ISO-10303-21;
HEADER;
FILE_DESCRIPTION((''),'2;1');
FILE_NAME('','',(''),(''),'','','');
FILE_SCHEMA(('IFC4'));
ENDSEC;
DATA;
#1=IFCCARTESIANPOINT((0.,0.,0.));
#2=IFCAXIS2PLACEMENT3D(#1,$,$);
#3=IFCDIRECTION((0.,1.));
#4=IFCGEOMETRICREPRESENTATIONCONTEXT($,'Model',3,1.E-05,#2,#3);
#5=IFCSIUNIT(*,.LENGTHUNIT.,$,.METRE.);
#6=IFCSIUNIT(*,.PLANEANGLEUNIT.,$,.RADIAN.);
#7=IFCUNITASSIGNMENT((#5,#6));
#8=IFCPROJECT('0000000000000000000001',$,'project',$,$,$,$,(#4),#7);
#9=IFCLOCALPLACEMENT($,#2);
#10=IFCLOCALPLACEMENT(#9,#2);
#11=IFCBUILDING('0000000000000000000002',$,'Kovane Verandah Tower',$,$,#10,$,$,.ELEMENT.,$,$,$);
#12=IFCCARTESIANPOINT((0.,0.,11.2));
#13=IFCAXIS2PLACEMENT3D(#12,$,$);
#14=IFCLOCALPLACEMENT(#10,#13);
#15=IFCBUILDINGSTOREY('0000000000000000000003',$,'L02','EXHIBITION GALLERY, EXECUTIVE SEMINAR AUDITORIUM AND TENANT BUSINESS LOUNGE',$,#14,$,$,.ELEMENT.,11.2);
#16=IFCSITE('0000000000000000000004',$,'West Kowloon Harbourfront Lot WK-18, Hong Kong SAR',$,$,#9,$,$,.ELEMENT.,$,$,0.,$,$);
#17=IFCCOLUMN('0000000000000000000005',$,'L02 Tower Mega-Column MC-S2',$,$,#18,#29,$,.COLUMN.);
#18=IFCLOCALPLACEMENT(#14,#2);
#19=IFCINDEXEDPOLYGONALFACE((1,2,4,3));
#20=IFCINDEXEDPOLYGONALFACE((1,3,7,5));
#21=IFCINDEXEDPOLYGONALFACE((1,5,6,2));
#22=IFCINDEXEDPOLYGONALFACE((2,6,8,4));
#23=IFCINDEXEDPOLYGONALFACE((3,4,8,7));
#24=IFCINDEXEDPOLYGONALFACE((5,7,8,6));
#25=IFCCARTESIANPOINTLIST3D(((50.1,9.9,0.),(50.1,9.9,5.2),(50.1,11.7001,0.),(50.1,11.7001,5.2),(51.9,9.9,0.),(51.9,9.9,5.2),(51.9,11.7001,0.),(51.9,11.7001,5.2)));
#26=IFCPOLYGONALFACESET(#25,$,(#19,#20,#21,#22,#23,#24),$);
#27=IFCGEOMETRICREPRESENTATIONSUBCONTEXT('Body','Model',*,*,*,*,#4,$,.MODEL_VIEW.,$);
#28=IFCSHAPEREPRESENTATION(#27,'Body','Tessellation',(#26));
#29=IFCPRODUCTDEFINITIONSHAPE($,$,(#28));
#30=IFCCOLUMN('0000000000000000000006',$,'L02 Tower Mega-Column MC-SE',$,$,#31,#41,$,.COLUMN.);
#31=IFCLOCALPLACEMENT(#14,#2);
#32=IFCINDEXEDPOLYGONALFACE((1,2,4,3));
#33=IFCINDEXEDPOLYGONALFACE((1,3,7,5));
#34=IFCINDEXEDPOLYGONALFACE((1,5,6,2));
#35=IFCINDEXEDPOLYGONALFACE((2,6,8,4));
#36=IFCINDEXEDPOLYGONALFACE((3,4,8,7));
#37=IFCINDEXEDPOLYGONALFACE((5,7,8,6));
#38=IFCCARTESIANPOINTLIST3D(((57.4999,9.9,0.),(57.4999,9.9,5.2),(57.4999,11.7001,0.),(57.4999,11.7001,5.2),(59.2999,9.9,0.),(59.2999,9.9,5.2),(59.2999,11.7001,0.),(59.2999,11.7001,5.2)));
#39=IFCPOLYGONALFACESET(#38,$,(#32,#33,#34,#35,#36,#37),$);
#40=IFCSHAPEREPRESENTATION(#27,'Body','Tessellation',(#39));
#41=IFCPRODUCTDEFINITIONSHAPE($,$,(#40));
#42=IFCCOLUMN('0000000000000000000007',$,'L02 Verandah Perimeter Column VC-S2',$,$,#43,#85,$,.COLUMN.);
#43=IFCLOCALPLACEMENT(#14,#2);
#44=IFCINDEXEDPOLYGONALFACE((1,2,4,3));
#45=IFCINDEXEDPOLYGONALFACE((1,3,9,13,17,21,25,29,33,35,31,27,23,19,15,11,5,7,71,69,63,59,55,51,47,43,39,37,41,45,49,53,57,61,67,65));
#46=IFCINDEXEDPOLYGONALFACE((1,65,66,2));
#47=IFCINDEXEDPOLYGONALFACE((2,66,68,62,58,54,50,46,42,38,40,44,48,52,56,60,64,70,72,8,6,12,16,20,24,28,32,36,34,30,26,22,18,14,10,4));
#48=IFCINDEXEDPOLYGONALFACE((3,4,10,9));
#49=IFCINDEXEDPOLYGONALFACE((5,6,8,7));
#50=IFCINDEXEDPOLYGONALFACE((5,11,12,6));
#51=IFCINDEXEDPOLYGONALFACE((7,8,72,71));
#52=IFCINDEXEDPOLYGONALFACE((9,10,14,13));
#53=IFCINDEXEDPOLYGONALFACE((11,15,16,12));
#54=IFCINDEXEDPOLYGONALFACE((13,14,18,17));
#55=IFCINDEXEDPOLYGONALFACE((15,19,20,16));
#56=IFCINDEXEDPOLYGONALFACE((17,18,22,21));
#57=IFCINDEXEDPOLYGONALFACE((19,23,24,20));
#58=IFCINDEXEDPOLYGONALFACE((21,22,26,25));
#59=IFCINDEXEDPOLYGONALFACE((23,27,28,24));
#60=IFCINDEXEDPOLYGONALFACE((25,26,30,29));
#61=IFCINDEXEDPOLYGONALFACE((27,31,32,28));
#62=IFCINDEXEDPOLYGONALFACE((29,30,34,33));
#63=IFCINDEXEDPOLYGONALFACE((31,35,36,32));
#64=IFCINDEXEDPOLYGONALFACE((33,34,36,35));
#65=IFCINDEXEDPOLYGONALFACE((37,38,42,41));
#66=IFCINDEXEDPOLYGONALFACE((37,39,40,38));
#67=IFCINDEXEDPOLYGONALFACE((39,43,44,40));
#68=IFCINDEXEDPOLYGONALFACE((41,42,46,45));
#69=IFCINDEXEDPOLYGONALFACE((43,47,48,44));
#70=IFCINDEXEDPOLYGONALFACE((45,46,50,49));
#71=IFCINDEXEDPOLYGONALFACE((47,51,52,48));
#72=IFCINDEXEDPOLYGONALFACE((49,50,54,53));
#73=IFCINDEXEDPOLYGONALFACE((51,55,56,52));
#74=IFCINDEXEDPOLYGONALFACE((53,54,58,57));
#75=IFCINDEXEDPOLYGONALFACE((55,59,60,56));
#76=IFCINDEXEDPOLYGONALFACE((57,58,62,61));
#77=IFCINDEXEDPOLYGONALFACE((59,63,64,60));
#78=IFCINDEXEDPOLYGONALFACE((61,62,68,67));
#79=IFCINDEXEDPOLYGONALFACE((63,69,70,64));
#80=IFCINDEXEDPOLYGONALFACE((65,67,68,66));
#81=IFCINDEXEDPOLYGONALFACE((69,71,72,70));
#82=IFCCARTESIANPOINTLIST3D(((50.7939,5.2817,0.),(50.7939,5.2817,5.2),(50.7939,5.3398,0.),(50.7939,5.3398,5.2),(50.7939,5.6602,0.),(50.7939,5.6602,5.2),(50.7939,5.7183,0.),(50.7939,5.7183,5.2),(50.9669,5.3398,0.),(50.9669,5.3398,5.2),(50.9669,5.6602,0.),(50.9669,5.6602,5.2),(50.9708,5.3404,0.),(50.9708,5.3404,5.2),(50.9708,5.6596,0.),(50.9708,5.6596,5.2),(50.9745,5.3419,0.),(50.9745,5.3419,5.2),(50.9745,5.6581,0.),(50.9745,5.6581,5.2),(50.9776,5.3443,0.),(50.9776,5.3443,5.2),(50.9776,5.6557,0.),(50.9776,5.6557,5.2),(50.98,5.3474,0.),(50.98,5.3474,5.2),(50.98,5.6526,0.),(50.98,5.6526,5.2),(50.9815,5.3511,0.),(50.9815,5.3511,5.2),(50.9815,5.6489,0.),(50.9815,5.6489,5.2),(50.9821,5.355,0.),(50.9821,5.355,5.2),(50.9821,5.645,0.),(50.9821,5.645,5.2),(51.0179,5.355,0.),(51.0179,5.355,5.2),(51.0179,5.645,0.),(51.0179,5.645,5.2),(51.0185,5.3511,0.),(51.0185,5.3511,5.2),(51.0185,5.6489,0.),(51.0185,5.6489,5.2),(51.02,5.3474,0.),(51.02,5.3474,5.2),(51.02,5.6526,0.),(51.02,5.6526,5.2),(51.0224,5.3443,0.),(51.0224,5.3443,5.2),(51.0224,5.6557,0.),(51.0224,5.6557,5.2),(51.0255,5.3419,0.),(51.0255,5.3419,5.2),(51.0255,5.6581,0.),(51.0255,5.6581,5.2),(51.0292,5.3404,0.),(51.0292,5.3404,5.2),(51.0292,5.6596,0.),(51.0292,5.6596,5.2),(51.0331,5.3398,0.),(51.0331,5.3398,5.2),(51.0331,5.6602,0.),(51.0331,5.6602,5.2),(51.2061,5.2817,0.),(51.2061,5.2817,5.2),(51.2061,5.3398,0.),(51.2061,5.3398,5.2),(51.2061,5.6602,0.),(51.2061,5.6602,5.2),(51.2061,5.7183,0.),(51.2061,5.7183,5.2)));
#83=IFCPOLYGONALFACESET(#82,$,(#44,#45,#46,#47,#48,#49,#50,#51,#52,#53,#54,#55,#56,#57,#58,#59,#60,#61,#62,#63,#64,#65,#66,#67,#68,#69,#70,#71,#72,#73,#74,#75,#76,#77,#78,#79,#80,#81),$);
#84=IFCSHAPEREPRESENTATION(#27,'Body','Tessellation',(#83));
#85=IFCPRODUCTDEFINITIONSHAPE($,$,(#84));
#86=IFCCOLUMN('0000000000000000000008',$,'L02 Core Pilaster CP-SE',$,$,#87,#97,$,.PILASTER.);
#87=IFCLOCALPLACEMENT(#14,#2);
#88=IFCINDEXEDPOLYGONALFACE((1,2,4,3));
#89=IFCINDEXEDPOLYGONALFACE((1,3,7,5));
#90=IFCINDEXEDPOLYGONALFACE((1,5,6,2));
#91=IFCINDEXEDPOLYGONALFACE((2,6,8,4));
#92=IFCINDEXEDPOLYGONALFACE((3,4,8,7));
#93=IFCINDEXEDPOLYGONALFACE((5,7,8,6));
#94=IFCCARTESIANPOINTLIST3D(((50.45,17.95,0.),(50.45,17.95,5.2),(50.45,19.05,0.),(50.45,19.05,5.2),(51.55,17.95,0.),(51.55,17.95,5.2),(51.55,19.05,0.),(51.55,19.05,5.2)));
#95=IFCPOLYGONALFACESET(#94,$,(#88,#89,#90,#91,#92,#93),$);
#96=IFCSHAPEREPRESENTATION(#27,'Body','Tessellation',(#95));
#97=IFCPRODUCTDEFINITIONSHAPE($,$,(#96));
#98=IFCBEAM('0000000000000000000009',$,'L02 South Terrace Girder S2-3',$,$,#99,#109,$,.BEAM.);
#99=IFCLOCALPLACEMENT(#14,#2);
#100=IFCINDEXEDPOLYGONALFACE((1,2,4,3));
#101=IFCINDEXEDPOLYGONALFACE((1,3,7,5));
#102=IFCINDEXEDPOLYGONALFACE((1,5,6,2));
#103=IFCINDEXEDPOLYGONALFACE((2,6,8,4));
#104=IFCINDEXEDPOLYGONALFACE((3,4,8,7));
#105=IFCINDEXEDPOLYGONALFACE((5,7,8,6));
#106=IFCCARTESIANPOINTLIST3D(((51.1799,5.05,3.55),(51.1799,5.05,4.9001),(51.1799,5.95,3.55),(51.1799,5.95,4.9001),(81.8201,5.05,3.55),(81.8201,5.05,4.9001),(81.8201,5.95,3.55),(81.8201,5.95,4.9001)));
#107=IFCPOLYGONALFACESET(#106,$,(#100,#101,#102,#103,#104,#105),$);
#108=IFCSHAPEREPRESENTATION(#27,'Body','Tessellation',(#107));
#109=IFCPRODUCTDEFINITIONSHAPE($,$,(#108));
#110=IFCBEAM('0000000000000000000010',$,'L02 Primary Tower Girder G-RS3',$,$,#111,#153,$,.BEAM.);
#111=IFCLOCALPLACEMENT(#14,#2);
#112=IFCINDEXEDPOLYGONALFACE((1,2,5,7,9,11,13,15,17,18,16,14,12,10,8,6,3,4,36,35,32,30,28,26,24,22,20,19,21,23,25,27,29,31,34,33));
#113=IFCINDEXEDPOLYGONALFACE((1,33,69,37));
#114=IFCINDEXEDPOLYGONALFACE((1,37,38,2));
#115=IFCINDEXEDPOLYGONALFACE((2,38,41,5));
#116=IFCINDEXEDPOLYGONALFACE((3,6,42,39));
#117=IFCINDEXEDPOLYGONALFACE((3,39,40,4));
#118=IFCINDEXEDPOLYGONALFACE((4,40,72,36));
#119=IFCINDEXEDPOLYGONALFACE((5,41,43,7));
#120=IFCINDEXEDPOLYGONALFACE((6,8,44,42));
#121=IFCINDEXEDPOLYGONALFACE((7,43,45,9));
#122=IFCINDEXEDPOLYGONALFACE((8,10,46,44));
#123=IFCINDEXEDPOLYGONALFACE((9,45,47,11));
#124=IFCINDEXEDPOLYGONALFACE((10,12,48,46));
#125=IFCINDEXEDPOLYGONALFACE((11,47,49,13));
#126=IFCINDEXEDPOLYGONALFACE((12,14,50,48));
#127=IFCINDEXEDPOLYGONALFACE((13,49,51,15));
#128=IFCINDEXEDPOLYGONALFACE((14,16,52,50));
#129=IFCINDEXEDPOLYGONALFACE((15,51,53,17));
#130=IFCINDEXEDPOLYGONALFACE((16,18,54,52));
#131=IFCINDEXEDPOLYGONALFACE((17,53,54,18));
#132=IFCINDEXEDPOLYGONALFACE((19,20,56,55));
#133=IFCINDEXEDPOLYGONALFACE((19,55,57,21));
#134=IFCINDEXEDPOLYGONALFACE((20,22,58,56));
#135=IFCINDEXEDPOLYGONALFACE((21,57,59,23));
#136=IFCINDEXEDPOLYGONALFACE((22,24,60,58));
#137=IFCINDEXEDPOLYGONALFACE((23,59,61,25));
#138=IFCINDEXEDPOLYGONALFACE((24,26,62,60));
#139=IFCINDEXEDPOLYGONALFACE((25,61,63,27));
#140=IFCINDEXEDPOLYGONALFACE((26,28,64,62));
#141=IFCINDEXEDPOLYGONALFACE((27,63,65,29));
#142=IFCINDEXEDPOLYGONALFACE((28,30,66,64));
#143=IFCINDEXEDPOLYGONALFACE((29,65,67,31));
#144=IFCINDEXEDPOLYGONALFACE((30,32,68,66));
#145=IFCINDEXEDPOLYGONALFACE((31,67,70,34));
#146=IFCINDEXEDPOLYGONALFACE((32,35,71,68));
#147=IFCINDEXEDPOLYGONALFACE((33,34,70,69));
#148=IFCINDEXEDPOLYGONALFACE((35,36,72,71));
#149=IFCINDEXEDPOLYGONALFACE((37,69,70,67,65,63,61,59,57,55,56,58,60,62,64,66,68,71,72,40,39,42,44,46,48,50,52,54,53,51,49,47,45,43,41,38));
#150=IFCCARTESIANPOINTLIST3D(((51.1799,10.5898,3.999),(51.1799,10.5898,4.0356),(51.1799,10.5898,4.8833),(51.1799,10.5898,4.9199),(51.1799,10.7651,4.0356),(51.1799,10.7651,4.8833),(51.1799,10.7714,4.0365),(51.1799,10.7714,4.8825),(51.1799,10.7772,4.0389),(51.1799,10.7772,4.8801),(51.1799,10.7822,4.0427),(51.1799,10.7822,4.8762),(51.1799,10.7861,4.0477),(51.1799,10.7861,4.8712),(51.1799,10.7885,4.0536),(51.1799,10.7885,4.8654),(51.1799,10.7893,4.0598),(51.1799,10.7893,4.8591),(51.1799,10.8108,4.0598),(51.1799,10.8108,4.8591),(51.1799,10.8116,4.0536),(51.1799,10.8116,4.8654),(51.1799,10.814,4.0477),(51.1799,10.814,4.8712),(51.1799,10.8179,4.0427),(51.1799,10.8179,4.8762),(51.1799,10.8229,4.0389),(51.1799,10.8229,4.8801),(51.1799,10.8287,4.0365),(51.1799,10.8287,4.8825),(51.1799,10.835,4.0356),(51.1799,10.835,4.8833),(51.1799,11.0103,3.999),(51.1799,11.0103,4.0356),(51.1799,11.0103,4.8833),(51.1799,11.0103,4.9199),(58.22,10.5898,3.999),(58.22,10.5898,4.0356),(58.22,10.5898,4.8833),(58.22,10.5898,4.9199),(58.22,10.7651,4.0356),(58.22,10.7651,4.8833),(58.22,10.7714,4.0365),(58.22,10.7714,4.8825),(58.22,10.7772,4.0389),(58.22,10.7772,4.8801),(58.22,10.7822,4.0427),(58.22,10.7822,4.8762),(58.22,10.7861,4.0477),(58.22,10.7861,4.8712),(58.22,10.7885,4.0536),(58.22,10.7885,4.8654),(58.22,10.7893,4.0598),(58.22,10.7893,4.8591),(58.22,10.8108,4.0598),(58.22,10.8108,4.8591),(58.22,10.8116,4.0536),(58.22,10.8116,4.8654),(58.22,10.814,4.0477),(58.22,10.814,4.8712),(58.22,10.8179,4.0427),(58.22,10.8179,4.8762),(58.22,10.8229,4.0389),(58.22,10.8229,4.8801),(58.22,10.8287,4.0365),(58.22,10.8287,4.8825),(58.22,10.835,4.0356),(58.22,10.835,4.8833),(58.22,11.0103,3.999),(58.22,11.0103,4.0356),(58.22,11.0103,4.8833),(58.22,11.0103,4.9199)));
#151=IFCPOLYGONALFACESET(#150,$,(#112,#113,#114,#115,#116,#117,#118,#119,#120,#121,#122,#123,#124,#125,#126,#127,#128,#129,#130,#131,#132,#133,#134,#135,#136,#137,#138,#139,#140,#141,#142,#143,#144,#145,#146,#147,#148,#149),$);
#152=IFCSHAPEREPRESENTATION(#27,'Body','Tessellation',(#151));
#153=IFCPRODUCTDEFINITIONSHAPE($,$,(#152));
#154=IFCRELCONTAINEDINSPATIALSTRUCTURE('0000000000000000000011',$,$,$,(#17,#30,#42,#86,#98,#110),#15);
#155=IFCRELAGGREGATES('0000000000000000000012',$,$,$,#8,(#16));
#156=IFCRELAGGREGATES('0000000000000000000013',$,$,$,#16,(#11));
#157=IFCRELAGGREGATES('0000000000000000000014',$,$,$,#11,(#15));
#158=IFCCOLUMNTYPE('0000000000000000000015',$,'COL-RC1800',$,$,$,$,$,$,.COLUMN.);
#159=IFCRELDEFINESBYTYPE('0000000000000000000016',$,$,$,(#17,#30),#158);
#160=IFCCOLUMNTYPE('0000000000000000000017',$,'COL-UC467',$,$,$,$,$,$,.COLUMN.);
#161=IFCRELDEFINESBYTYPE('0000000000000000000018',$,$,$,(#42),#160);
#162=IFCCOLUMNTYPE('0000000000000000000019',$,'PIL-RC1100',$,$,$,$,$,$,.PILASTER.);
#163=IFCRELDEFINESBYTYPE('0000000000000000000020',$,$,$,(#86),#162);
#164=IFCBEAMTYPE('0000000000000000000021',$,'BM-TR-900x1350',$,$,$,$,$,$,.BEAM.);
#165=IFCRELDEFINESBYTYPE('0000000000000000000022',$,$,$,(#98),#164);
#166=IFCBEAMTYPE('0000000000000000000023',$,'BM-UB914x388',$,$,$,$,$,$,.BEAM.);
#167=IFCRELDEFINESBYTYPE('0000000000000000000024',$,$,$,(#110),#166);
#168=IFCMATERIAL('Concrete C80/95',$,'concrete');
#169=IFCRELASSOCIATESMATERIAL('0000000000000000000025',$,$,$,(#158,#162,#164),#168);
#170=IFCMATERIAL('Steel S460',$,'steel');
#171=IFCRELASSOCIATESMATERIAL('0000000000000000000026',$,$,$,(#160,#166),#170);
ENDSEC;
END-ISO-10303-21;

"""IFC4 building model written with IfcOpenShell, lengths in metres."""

from ifc_helpers import new_model, si_unit, direction, frame, origin, origin_2d, place, context, subcontext, project, spatial, rectangle, i_section, extrude, material, material_profile, profile_set, type_object, element, save


model = new_model("IFC4")

# Units and contexts
model_context = context("Model", 3, precision=1e-05, world=origin(), true_north=direction((0.0, 1.0)))
body_context = subcontext(model_context, "Body", "Model", "MODEL_VIEW")
ifc_project = project(units=[si_unit("LENGTHUNIT", "METRE"), si_unit("PLANEANGLEUNIT", "RADIAN")], contexts=[model_context])

# Site, building, storey
site_placement = place(None, origin())
site = spatial("IfcSite", under=ifc_project, at=site_placement, Name="West Kowloon Harbourfront Lot WK-18, Hong Kong SAR", CompositionType="ELEMENT", RefElevation=0.0)
building_placement = place(site_placement, origin())
building = spatial("IfcBuilding", under=site, at=building_placement, Name="Kovane Verandah Tower", CompositionType="ELEMENT")
storey_placement = place(building_placement, frame((0.0, 0.0, 11.2)))
storey = spatial("IfcBuildingStorey", under=building, at=storey_placement, Name="L02", Description="EXHIBITION GALLERY, EXECUTIVE SEMINAR AUDITORIUM AND TENANT BUSINESS LOUNGE", CompositionType="ELEMENT", Elevation=11.2)

# Columns
ifc_material_1 = material(Name="Concrete C80/95", Category="concrete")
ifc_material_profile_1 = material_profile(ifc_material_1, rectangle(XDim=1.8, YDim=1.8, at=origin_2d()), Name="RC1800x1800")
ifc_profile_set_1 = profile_set([ifc_material_profile_1], Name="Concrete C80/95")
column_type_1 = type_object("IfcColumnType", Name="COL-RC1800", PredefinedType="COLUMN", material=ifc_profile_set_1)
for number, where, z_axis, x_axis, name in (
    (1, (51.0, 10.8, 0.0), (0.0, 0.0, 1.0), (1.0, 0.0, 0.0), "L02 Tower Mega-Column MC-S2"),
    (2, (58.3999, 10.8, 0.0), (0.0, 0.0, 1.0), (1.0, 0.0, 0.0), "L02 Tower Mega-Column MC-SE"),
):
    element("IfcColumn", number, at=place(storey_placement, frame(where, z_axis=z_axis, x_axis=x_axis)), inside=storey, type_object=column_type_1, Name=name, PredefinedType="COLUMN", context=body_context, shape_type="SweptSolid", body=[
        extrude(rectangle(XDim=1.8, YDim=1.8, at=origin_2d()), origin(), (0.0, 0.0, 1.0), 5.2),
    ])
ifc_material_2 = material(Name="Steel S460", Category="steel")
ifc_material_profile_2 = material_profile(ifc_material_2, i_section(OverallWidth=0.4121, OverallDepth=0.4365, WebThickness=0.0359, FlangeThickness=0.0581, FilletRadius=0.0151, at=origin_2d()), Name="UC356x406x467")
ifc_profile_set_2 = profile_set([ifc_material_profile_2], Name="Steel S460")
column_type_2 = type_object("IfcColumnType", Name="COL-UC467", PredefinedType="COLUMN", material=ifc_profile_set_2)
column_1_placement = place(storey_placement, frame((51.0, 5.5, 0.0), z_axis=(0.0, 0.0, 1.0), x_axis=(1.0, 0.0, 0.0)))
element("IfcColumn", 3, at=column_1_placement, inside=storey, type_object=column_type_2, Name="L02 Verandah Perimeter Column VC-S2", PredefinedType="COLUMN", context=body_context, shape_type="SweptSolid", body=[
    extrude(i_section(OverallWidth=0.4121, OverallDepth=0.4365, WebThickness=0.0359, FlangeThickness=0.0581, FilletRadius=0.0151, at=origin_2d()), origin(), (0.0, 0.0, 1.0), 5.2),
])
ifc_material_profile_3 = material_profile(ifc_material_1, rectangle(XDim=1.1001, YDim=1.1001, at=origin_2d()), Name="RC1100x1100")
ifc_profile_set_3 = profile_set([ifc_material_profile_3], Name="Concrete C80/95")
column_type_3 = type_object("IfcColumnType", Name="PIL-RC1100", PredefinedType="PILASTER", material=ifc_profile_set_3)
column_2_placement = place(storey_placement, frame((51.0, 18.5, 0.0), z_axis=(0.0, 0.0, 1.0), x_axis=(1.0, 0.0, 0.0)))
element("IfcColumn", 4, at=column_2_placement, inside=storey, type_object=column_type_3, Name="L02 Core Pilaster CP-SE", PredefinedType="PILASTER", context=body_context, shape_type="SweptSolid", body=[
    extrude(rectangle(XDim=1.1001, YDim=1.1001, at=origin_2d()), origin(), (0.0, 0.0, 1.0), 5.2),
])

# Beams
ifc_material_profile_4 = material_profile(ifc_material_1, rectangle(XDim=0.8999, YDim=1.3501, at=origin_2d()), Name="RCB900x1350")
ifc_profile_set_4 = profile_set([ifc_material_profile_4], Name="Concrete C80/95")
beam_type_1 = type_object("IfcBeamType", Name="BM-TR-900x1350", PredefinedType="BEAM", material=ifc_profile_set_4)
beam_1_placement = place(storey_placement, frame((51.1799, 5.5, 4.2251), z_axis=(1.0, 0.0, 0.0), x_axis=(0.0, 1.0, 0.0)))
element("IfcBeam", 5, at=beam_1_placement, inside=storey, type_object=beam_type_1, Name="L02 South Terrace Girder S2-3", PredefinedType="BEAM", context=body_context, shape_type="SweptSolid", body=[
    extrude(rectangle(XDim=0.8999, YDim=1.3501, at=origin_2d()), origin(), (0.0, 0.0, 1.0), 30.6401),
])
ifc_material_profile_5 = material_profile(ifc_material_2, i_section(OverallWidth=0.4204, OverallDepth=0.9209, WebThickness=0.0215, FlangeThickness=0.0366, FilletRadius=0.0242, at=origin_2d()), Name="UB914x419x388")
ifc_profile_set_5 = profile_set([ifc_material_profile_5], Name="Steel S460")
beam_type_2 = type_object("IfcBeamType", Name="BM-UB914x388", PredefinedType="BEAM", material=ifc_profile_set_5)
beam_2_placement = place(storey_placement, frame((51.1799, 10.8, 4.4595), z_axis=(1.0, 0.0, 0.0), x_axis=(0.0, 1.0, 0.0)))
element("IfcBeam", 6, at=beam_2_placement, inside=storey, type_object=beam_type_2, Name="L02 Primary Tower Girder G-RS3", PredefinedType="BEAM", context=body_context, shape_type="SweptSolid", body=[
    extrude(i_section(OverallWidth=0.4204, OverallDepth=0.9209, WebThickness=0.0215, FlangeThickness=0.0366, FilletRadius=0.0242, at=origin_2d()), origin(), (0.0, 0.0, 1.0), 7.04),
])

save(model, "model.ifc")
